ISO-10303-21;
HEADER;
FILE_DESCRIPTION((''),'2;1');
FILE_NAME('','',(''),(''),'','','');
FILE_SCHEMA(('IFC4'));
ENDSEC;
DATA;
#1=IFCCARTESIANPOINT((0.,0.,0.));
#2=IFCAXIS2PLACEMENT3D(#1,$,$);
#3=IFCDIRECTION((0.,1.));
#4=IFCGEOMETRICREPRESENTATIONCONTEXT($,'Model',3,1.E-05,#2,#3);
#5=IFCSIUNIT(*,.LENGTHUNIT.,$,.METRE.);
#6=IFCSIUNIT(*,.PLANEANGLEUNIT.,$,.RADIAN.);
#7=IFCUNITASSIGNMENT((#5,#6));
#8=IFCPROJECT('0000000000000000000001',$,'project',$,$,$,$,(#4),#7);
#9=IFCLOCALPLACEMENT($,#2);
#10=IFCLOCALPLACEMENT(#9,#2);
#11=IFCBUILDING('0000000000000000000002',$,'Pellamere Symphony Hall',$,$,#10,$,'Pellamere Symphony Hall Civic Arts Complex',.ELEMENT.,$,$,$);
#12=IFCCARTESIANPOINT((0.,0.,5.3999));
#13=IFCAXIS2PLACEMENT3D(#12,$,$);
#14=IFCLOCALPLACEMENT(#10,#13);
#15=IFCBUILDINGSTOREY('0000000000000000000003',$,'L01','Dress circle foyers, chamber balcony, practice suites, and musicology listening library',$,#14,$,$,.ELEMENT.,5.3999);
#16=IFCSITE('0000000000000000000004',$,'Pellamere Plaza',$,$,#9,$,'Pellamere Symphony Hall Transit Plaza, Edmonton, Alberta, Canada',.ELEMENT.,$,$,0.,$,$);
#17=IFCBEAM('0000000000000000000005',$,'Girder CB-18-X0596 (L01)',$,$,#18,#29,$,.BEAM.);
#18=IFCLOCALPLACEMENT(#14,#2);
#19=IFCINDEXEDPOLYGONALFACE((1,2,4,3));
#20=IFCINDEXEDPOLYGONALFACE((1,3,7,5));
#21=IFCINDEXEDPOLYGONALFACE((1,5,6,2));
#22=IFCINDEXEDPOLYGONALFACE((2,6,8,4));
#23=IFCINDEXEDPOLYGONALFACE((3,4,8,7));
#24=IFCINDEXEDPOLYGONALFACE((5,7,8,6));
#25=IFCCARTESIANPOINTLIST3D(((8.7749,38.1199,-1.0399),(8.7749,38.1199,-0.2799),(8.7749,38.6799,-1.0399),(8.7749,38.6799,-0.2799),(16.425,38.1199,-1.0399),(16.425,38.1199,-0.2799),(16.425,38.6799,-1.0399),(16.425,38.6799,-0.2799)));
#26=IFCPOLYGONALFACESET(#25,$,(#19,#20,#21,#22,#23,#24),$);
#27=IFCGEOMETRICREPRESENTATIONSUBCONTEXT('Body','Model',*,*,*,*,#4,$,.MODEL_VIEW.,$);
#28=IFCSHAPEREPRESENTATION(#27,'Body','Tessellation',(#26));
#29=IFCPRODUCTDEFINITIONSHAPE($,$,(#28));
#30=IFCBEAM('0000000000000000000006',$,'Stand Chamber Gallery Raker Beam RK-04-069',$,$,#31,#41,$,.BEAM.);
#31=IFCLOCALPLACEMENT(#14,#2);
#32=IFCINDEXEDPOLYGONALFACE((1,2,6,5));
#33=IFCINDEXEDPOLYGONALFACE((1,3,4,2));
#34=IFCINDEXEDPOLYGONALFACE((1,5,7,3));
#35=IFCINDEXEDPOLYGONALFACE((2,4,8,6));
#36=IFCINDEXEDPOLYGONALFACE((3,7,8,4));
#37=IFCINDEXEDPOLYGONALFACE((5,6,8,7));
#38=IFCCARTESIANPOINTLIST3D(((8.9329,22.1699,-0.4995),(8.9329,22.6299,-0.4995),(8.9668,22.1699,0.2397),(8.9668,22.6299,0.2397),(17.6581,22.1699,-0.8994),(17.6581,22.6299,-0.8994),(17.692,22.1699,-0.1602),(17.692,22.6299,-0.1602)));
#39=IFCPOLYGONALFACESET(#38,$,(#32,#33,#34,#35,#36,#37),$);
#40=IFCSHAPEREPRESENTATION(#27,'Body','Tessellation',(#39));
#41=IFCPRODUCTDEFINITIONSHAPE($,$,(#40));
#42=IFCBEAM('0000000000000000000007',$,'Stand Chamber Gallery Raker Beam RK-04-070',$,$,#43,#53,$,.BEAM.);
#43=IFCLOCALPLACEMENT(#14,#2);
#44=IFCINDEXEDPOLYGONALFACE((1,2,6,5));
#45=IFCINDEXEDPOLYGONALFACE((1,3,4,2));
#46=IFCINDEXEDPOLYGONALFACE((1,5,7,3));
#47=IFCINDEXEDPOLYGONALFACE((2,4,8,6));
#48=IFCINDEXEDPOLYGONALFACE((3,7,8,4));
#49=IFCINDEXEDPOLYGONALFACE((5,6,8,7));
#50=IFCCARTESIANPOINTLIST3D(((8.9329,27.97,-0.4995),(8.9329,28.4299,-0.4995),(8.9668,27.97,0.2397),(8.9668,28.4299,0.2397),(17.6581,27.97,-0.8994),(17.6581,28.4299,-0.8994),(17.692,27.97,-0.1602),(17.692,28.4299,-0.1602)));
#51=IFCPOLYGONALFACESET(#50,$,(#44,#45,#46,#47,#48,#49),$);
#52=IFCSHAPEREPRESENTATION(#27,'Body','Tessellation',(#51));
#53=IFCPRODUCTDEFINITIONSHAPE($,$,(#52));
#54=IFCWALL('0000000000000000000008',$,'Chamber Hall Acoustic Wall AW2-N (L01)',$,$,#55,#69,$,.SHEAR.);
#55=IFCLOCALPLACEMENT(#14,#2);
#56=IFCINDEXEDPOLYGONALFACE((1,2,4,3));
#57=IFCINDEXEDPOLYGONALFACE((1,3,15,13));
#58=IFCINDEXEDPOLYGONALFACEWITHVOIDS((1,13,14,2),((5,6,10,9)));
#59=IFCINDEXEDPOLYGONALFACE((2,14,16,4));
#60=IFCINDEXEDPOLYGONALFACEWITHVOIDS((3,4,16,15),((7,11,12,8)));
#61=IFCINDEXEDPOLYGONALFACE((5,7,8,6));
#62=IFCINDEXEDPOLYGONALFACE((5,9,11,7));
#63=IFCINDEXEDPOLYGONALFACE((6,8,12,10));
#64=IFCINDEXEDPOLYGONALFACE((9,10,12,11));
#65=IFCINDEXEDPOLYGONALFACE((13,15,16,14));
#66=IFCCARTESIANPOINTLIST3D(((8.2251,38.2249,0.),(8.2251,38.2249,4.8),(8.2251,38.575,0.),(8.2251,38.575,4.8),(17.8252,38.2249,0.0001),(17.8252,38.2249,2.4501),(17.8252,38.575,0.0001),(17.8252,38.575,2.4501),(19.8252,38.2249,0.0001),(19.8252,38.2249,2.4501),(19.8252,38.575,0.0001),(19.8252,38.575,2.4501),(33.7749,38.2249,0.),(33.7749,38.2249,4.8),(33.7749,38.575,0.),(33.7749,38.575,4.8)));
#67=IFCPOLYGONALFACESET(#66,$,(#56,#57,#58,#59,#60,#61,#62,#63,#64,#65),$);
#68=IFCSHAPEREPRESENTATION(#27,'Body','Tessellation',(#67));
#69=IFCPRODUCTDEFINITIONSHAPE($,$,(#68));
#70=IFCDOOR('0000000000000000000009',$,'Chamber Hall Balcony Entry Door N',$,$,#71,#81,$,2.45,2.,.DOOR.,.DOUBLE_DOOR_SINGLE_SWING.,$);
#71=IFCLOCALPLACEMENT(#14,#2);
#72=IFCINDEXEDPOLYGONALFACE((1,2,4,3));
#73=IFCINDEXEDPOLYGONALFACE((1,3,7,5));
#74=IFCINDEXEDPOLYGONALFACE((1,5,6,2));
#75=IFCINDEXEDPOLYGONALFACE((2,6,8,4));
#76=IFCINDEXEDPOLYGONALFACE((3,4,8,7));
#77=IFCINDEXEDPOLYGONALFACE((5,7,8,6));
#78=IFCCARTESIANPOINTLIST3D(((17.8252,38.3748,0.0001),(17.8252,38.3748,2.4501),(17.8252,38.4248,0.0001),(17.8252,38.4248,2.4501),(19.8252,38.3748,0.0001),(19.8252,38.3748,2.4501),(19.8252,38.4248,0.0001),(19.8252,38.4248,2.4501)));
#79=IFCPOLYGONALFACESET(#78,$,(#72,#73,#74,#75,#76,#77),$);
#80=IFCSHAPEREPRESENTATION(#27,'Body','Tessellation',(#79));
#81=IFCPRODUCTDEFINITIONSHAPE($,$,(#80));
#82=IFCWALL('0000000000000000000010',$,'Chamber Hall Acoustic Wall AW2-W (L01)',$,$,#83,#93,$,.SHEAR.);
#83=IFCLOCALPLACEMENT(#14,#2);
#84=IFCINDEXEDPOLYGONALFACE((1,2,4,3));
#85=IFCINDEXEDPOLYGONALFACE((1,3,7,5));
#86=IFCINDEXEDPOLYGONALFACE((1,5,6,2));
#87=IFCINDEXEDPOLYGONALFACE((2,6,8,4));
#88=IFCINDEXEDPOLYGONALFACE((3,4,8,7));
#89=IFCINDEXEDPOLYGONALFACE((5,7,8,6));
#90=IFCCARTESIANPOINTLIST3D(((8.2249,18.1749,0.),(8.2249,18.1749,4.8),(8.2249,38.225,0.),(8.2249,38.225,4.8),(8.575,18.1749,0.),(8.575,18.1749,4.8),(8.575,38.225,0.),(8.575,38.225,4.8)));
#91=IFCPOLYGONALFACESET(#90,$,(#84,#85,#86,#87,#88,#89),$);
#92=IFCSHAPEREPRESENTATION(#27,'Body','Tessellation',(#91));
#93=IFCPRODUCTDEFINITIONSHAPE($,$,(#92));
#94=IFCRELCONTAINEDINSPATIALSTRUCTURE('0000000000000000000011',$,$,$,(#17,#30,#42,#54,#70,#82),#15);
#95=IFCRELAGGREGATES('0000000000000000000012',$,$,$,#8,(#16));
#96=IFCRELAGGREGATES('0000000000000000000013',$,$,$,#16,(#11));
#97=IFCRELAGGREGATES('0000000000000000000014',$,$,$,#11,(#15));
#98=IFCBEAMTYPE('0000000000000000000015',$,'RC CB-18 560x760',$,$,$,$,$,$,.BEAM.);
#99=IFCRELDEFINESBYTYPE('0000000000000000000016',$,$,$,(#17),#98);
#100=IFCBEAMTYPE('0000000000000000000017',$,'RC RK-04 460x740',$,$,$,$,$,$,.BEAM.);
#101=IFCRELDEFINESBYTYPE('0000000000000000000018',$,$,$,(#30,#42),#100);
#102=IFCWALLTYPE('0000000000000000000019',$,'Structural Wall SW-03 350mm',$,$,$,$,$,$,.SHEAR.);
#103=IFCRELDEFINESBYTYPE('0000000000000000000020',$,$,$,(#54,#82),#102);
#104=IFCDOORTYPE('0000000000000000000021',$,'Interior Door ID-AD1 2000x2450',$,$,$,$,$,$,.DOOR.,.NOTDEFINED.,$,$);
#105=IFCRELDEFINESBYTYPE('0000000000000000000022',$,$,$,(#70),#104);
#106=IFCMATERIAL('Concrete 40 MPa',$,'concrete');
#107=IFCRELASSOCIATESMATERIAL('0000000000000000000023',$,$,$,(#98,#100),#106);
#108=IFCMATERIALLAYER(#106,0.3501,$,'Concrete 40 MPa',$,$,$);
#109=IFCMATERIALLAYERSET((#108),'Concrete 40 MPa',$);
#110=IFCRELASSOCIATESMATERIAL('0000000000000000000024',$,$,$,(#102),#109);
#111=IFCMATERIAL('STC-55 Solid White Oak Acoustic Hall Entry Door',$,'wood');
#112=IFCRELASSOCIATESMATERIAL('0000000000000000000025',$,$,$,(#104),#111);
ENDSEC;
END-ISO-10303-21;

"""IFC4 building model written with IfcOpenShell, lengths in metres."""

from ifc_helpers import new_model, si_unit, direction, frame, frame_2d, origin, origin_2d, place, context, subcontext, project, spatial, rectangle, extrude, material, layer, layer_set, material_profile, profile_set, type_object, element, fill, save


model = new_model("IFC4")

# Units and contexts
model_context = context("Model", 3, precision=1e-05, world=origin(), true_north=direction((0.0, 1.0)))
body_context = subcontext(model_context, "Body", "Model", "MODEL_VIEW")
ifc_project = project(units=[si_unit("LENGTHUNIT", "METRE"), si_unit("PLANEANGLEUNIT", "RADIAN")], contexts=[model_context])

# Site, building, storey
site_placement = place(None, origin())
site = spatial("IfcSite", under=ifc_project, at=site_placement, Name="Pellamere Plaza", LongName="Pellamere Symphony Hall Transit Plaza, Edmonton, Alberta, Canada", CompositionType="ELEMENT", RefElevation=0.0)
building_placement = place(site_placement, origin())
building = spatial("IfcBuilding", under=site, at=building_placement, Name="Pellamere Symphony Hall", LongName="Pellamere Symphony Hall Civic Arts Complex", CompositionType="ELEMENT")
storey_placement = place(building_placement, frame((0.0, 0.0, 5.3999)))
storey = spatial("IfcBuildingStorey", under=building, at=storey_placement, Name="L01", Description="Dress circle foyers, chamber balcony, practice suites, and musicology listening library", CompositionType="ELEMENT", Elevation=5.3999)

# Shared definitions
ifc_material_1 = material(Name="Concrete 40 MPa", Category="concrete")

# Beams
ifc_material_profile_1 = material_profile(ifc_material_1, rectangle(XDim=0.5601, YDim=0.76, at=origin_2d()), Name="RC 560x760")
ifc_profile_set_1 = profile_set([ifc_material_profile_1], Name="Concrete 40 MPa")
beam_type_1 = type_object("IfcBeamType", Name="RC CB-18 560x760", PredefinedType="BEAM", material=ifc_profile_set_1)
beam_1_placement = place(storey_placement, frame((8.7749, 38.3999, -0.6599), z_axis=(1.0, 0.0, 0.0), x_axis=(0.0, 1.0, 0.0)))
element("IfcBeam", 1, at=beam_1_placement, inside=storey, type_object=beam_type_1, Name="Girder CB-18-X0596 (L01)", PredefinedType="BEAM", context=body_context, shape_type="SweptSolid", body=[
    extrude(rectangle(XDim=0.5601, YDim=0.76, at=origin_2d()), origin(), (0.0, 0.0, 1.0), 7.6501),
])
ifc_material_profile_2 = material_profile(ifc_material_1, rectangle(XDim=0.46, YDim=0.74, at=origin_2d()), Name="RC 460x740")
ifc_profile_set_2 = profile_set([ifc_material_profile_2], Name="Concrete 40 MPa")
beam_type_2 = type_object("IfcBeamType", Name="RC RK-04 460x740", PredefinedType="BEAM", material=ifc_profile_set_2)
for number, where, z_axis, x_axis, name in (
    (2, (17.675, 22.3999, -0.5298), (-0.998951, 0.0, 0.045786), (0.0, -1.0, 0.0), "Stand Chamber Gallery Raker Beam RK-04-069"),
    (3, (17.675, 28.2, -0.5298), (-0.998951, 0.0, 0.045786), (0.0, -1.0, 0.0), "Stand Chamber Gallery Raker Beam RK-04-070"),
):
    element("IfcBeam", number, at=place(storey_placement, frame(where, z_axis=z_axis, x_axis=x_axis)), inside=storey, type_object=beam_type_2, Name=name, PredefinedType="BEAM", context=body_context, shape_type="SweptSolid", body=[
        extrude(rectangle(XDim=0.46, YDim=0.74, at=origin_2d()), origin(), (0.0, 0.0, 1.0), 8.7344),
    ])

# Wall, opening, door
ifc_layer = layer(ifc_material_1, 0.3501, Name="Concrete 40 MPa")
ifc_layer_set = layer_set([ifc_layer], Name="Concrete 40 MPa")
wall_type = type_object("IfcWallType", Name="Structural Wall SW-03 350mm", PredefinedType="SHEAR", material=ifc_layer_set)
wall_1_placement = place(storey_placement, frame((8.2251, 38.3999, 0.0), z_axis=(0.0, 0.0, 1.0), x_axis=(1.0, 0.0, 0.0)))
wall_1 = element("IfcWall", 4, at=wall_1_placement, inside=storey, type_object=wall_type, Name="Chamber Hall Acoustic Wall AW2-N (L01)", PredefinedType="SHEAR", context=body_context, shape_type="SweptSolid", body=[
    extrude(rectangle(XDim=25.5498, YDim=0.3501, at=frame_2d((12.7749, 0.0))), origin(), (0.0, 0.0, 1.0), 4.8),
])
opening_placement = place(wall_1_placement, frame((9.6001, 0.0, 0.0)))
opening = element("IfcOpeningElement", 5, at=opening_placement, cuts=wall_1, PredefinedType="OPENING", context=body_context, shape_type="SweptSolid", body=[
    extrude(rectangle(XDim=2.0, YDim=2.45, at=frame_2d((1.0, 1.2251))), frame((0.0, 0.1851, 0.0), z_axis=(0.0, -1.0, 0.0), x_axis=(1.0, 0.0, 0.0)), (0.0, 0.0, 1.0), 0.3701),
])
ifc_material_2 = material(Name="STC-55 Solid White Oak Acoustic Hall Entry Door", Category="wood")
door_type = type_object("IfcDoorType", Name="Interior Door ID-AD1 2000x2450", OperationType="NOTDEFINED", PredefinedType="DOOR", material=ifc_material_2)
door_placement = place(opening_placement, origin())
door = element("IfcDoor", 6, at=door_placement, inside=storey, type_object=door_type, Name="Chamber Hall Balcony Entry Door N", OperationType="DOUBLE_DOOR_SINGLE_SWING", OverallHeight=2.45, OverallWidth=2.0, PredefinedType="DOOR", context=body_context, shape_type="SweptSolid", body=[
    extrude(rectangle(XDim=2.0, YDim=2.45, at=frame_2d((1.0, 1.2251))), frame((0.0, 0.0249, 0.0), z_axis=(0.0, -1.0, 0.0), x_axis=(1.0, 0.0, 0.0)), (0.0, 0.0, 1.0), 0.05),
])
fill(opening, door)

# Wall
wall_2_placement = place(storey_placement, frame((8.3999, 18.175, 0.0), z_axis=(0.0, 0.0, 1.0), x_axis=(0.0, 1.0, 0.0)))
element("IfcWall", 7, at=wall_2_placement, inside=storey, type_object=wall_type, Name="Chamber Hall Acoustic Wall AW2-W (L01)", PredefinedType="SHEAR", context=body_context, shape_type="SweptSolid", body=[
    extrude(rectangle(XDim=20.05, YDim=0.3501, at=frame_2d((10.0249, 0.0))), origin(), (0.0, 0.0, 1.0), 4.8),
])

save(model, "model.ifc")
